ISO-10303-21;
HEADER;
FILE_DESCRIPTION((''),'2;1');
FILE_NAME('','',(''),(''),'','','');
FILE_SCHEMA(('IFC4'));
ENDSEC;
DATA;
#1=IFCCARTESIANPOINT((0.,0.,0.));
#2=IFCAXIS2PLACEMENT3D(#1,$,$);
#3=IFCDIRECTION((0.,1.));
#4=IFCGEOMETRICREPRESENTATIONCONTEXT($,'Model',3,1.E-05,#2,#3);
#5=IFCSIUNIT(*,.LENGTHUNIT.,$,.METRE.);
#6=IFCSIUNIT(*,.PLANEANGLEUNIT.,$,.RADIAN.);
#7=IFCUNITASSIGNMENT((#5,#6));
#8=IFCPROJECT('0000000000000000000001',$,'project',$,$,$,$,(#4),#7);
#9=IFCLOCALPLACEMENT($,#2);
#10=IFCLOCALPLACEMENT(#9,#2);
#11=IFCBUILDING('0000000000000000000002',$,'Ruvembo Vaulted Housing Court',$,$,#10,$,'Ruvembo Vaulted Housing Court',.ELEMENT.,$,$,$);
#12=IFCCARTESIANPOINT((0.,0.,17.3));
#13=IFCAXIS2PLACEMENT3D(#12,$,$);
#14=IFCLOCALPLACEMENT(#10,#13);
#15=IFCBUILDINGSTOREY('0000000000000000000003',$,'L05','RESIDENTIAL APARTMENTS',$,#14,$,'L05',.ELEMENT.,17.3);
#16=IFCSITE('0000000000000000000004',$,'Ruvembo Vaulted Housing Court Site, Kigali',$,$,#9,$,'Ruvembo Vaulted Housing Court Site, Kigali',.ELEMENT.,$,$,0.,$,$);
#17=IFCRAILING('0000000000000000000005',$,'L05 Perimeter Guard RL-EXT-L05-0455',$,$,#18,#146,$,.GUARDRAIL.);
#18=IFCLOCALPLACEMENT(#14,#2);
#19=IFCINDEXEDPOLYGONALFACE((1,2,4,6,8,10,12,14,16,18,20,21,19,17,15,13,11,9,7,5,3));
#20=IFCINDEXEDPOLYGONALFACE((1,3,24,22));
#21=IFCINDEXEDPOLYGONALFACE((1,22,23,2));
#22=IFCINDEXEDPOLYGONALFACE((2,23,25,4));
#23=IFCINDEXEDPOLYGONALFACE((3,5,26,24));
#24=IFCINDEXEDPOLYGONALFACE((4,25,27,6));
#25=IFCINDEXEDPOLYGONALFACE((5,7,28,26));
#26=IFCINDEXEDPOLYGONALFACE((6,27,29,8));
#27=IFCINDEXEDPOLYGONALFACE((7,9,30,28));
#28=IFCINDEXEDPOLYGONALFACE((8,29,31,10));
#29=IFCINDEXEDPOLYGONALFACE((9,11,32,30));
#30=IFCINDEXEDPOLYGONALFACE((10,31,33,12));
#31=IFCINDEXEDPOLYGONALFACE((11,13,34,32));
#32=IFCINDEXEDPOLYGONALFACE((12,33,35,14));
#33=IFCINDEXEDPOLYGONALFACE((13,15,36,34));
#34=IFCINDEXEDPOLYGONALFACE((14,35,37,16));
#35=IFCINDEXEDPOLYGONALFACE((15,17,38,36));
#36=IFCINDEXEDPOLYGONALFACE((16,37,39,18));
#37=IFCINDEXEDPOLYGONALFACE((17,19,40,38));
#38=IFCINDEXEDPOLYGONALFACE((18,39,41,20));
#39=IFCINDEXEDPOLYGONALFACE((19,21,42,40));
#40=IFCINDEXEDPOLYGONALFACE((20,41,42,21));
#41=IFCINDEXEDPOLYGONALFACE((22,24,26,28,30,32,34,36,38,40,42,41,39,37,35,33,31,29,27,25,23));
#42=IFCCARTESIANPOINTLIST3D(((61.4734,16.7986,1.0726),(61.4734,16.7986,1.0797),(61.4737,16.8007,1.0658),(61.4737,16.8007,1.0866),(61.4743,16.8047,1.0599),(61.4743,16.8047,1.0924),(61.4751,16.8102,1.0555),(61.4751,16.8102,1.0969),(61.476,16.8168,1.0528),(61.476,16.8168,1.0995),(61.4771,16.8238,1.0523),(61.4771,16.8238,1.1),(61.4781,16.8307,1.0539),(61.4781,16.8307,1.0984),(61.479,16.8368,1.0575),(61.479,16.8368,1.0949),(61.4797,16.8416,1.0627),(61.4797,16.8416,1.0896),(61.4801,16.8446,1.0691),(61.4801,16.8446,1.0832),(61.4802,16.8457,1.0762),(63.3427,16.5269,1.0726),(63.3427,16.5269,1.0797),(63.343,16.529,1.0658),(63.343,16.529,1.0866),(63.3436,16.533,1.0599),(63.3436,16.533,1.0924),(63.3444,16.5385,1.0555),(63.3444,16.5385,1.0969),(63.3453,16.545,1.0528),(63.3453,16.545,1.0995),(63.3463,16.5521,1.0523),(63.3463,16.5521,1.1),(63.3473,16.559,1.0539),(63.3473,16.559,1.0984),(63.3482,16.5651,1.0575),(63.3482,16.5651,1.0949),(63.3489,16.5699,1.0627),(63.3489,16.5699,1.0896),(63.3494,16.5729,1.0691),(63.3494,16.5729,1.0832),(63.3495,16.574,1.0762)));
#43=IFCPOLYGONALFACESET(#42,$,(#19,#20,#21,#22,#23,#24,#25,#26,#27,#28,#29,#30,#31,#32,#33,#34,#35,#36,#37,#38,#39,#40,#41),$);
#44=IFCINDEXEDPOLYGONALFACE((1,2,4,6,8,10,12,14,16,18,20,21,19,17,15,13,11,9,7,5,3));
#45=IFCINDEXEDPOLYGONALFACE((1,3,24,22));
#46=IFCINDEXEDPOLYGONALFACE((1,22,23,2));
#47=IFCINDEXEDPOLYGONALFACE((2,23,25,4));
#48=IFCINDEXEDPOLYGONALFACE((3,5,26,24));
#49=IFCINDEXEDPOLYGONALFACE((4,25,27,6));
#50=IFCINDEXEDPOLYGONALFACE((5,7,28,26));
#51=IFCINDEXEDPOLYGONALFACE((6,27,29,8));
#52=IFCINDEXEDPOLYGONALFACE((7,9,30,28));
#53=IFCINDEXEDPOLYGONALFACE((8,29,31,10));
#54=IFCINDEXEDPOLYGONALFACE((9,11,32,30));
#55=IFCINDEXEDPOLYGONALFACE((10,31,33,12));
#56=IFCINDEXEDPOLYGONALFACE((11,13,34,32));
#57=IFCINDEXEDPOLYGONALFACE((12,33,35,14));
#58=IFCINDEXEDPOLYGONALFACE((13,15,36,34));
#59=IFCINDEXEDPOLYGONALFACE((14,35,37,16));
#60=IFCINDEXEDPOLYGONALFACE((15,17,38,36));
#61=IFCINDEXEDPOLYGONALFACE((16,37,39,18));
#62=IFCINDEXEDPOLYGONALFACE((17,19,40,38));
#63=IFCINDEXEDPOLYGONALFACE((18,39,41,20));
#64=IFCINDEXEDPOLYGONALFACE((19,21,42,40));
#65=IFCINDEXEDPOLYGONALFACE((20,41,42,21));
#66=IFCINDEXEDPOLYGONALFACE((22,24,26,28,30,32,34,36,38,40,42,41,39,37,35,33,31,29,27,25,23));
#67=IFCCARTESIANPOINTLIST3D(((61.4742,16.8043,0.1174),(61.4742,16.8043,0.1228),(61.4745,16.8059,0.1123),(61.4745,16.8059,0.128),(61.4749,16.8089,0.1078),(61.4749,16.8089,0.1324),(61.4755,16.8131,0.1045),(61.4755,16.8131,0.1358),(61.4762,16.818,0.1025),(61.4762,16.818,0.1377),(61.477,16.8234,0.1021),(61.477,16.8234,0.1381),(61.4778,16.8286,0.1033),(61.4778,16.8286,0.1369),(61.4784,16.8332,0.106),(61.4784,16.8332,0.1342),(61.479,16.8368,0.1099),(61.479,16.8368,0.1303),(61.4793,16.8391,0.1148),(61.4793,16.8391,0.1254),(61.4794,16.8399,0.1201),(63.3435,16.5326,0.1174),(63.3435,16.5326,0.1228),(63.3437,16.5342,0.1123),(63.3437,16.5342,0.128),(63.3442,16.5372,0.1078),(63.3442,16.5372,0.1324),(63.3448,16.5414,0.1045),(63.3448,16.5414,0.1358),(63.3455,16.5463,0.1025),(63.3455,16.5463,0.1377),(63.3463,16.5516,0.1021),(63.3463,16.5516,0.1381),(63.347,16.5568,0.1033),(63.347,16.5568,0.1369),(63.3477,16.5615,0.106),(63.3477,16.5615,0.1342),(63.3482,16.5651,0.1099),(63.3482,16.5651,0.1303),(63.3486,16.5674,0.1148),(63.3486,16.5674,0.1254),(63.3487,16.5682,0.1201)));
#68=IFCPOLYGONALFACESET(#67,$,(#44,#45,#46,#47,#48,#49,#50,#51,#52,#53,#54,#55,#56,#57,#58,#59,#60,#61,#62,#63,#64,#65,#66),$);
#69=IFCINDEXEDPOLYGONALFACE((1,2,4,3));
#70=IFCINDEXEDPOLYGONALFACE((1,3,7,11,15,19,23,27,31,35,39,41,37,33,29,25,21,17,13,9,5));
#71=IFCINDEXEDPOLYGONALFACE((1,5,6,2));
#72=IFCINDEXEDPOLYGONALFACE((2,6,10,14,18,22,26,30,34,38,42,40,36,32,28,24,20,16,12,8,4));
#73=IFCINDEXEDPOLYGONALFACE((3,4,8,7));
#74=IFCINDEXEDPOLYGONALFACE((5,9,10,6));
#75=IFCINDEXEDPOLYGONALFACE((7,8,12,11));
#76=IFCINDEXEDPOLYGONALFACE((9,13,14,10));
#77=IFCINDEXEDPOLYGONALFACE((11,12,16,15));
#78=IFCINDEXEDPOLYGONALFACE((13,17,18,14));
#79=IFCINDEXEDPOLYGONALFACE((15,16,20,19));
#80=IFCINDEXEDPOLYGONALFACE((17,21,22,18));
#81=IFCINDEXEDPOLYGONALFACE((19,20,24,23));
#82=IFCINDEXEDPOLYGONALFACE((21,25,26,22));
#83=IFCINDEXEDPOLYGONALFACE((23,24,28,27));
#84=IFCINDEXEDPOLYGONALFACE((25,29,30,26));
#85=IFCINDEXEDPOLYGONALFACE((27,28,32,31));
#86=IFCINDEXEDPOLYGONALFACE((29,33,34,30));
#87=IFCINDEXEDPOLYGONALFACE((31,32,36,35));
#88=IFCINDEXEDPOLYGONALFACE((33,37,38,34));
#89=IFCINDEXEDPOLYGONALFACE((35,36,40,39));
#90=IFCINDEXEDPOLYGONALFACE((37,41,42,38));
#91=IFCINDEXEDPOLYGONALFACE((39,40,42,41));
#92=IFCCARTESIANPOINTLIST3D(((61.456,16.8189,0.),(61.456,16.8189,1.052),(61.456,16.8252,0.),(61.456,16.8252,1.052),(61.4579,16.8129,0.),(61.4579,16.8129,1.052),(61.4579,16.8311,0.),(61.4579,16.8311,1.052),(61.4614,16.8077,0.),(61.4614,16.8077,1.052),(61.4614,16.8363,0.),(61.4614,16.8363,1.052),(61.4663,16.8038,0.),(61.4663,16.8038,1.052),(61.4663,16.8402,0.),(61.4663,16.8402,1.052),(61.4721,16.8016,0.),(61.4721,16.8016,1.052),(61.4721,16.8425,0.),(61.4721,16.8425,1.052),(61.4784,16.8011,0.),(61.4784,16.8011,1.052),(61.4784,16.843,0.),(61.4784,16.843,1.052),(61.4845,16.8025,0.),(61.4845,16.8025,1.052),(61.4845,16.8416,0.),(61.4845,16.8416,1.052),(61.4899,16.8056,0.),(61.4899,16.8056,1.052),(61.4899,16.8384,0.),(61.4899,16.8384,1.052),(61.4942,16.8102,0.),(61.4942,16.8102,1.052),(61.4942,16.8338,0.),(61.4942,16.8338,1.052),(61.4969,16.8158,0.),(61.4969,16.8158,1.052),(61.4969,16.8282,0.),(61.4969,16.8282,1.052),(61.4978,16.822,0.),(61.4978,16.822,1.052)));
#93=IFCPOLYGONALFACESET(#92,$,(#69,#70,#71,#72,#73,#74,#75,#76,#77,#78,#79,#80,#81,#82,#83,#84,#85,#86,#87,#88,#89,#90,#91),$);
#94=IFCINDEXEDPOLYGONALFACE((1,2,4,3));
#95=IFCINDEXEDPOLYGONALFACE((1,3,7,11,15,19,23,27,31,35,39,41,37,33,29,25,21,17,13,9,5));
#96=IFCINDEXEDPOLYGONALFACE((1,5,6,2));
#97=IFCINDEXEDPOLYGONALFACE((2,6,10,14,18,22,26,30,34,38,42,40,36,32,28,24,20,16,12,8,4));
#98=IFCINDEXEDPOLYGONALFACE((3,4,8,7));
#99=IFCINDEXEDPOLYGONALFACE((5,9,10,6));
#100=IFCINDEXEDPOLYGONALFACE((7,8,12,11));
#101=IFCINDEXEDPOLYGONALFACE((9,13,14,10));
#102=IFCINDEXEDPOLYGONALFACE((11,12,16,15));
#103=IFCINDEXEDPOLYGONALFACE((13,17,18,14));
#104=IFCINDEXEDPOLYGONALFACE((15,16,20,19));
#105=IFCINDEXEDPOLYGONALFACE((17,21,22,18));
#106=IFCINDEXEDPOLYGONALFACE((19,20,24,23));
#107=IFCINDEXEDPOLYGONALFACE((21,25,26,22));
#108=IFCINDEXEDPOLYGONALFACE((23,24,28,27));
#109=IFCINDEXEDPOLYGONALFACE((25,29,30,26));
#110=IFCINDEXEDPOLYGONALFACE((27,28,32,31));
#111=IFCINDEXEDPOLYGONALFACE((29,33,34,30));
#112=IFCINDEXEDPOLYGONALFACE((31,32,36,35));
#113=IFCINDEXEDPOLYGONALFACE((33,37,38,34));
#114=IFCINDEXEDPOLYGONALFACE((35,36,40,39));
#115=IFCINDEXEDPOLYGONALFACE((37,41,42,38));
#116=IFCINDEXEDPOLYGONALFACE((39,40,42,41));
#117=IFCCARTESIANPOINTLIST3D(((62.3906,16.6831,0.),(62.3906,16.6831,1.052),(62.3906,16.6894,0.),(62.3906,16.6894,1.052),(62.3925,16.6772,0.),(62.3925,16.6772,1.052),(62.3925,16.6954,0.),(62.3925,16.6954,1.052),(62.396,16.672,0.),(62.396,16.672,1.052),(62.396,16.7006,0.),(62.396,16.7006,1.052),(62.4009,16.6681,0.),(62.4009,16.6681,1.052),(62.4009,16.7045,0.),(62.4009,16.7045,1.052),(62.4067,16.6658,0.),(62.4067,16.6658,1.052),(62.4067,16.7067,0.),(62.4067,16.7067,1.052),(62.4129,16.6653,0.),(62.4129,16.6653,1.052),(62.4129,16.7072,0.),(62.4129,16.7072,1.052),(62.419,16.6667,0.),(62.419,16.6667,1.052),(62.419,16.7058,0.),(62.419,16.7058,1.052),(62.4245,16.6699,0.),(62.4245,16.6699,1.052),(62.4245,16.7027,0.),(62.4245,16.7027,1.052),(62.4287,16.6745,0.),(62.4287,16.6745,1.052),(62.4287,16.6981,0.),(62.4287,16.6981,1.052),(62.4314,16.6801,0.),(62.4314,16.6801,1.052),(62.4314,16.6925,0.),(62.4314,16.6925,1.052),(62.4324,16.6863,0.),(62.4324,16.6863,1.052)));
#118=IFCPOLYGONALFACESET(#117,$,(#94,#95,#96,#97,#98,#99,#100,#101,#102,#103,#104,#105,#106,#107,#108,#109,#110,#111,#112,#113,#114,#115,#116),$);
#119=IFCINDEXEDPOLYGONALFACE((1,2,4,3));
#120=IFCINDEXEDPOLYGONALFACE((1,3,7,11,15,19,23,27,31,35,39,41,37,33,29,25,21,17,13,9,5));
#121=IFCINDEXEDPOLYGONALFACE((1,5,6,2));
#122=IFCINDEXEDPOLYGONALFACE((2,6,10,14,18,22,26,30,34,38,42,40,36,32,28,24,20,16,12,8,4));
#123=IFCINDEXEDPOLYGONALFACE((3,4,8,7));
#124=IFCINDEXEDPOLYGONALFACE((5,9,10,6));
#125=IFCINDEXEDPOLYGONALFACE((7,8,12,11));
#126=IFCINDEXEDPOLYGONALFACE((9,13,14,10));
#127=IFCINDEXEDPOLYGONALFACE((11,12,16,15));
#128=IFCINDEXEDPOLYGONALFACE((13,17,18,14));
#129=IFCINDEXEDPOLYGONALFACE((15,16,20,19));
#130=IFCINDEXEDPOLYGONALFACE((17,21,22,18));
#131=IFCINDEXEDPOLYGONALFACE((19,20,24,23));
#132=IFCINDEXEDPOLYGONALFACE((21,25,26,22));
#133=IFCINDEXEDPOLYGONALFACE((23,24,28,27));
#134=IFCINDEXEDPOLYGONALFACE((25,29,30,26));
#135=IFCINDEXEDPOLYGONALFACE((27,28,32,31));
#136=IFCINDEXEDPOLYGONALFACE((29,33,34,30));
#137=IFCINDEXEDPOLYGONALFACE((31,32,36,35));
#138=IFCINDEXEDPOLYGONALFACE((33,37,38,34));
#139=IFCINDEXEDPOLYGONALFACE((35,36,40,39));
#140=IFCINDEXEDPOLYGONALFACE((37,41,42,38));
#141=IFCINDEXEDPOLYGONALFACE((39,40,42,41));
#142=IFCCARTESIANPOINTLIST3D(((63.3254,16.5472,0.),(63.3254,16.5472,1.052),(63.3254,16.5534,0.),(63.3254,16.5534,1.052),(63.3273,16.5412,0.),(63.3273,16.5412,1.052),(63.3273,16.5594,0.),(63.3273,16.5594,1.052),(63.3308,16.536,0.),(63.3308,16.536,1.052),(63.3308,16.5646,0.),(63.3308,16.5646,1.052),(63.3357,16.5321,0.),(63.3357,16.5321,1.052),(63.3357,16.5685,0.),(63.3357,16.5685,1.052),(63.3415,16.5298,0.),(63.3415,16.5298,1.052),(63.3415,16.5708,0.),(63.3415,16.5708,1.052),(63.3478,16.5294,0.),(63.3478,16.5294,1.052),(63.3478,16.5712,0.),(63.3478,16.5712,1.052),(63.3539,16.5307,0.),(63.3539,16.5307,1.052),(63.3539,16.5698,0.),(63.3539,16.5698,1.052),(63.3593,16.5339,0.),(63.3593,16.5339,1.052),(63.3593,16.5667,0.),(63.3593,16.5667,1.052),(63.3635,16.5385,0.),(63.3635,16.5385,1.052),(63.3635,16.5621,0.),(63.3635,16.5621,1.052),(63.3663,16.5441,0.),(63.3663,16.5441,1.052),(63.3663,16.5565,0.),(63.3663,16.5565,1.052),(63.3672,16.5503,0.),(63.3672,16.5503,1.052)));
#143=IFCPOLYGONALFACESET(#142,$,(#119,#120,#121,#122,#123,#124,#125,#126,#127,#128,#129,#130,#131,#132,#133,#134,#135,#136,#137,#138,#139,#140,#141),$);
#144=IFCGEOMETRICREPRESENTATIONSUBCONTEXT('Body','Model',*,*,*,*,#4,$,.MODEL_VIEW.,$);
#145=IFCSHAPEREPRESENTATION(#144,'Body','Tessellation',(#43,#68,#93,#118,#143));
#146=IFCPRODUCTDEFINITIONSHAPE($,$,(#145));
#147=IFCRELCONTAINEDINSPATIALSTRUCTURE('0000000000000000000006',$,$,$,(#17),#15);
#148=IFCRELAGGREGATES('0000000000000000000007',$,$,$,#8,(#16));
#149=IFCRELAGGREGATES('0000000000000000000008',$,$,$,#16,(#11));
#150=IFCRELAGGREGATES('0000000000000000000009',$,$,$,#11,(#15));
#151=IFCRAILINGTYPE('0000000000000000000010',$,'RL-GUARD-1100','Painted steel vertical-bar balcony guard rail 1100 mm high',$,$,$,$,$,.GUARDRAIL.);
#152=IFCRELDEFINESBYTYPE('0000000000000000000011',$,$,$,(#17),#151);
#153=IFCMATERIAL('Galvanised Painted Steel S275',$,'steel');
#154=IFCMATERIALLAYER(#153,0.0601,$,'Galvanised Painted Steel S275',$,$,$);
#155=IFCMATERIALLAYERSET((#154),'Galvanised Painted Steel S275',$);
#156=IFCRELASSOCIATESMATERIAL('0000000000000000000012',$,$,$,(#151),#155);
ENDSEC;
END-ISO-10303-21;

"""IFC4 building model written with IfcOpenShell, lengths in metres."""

from ifc_helpers import new_model, si_unit, direction, frame, origin, origin_2d, place, context, subcontext, project, spatial, circle, extrude, material, layer, layer_set, type_object, element, save


model = new_model("IFC4")

# Units and contexts
model_context = context("Model", 3, precision=1e-05, world=origin(), true_north=direction((0.0, 1.0)))
body_context = subcontext(model_context, "Body", "Model", "MODEL_VIEW")
ifc_project = project(units=[si_unit("LENGTHUNIT", "METRE"), si_unit("PLANEANGLEUNIT", "RADIAN")], contexts=[model_context])

# Site, building, storey
site_placement = place(None, origin())
site = spatial("IfcSite", under=ifc_project, at=site_placement, Name="Ruvembo Vaulted Housing Court Site, Kigali", LongName="Ruvembo Vaulted Housing Court Site, Kigali", CompositionType="ELEMENT", RefElevation=0.0)
building_placement = place(site_placement, origin())
building = spatial("IfcBuilding", under=site, at=building_placement, Name="Ruvembo Vaulted Housing Court", LongName="Ruvembo Vaulted Housing Court", CompositionType="ELEMENT")
storey_placement = place(building_placement, frame((0.0, 0.0, 17.3)))
storey = spatial("IfcBuildingStorey", under=building, at=storey_placement, Name="L05", Description="RESIDENTIAL APARTMENTS", LongName="L05", CompositionType="ELEMENT", Elevation=17.3)

# Railing
ifc_material_1 = material(Name="Galvanised Painted Steel S275", Category="steel")
ifc_layer = layer(ifc_material_1, 0.0601, Name="Galvanised Painted Steel S275")
ifc_layer_set = layer_set([ifc_layer], Name="Galvanised Painted Steel S275")
railing_type = type_object("IfcRailingType", Name="RL-GUARD-1100", Description="Painted steel vertical-bar balcony guard rail 1100 mm high", PredefinedType="GUARDRAIL", material=ifc_layer_set)
railing_1_placement = place(storey_placement, frame((61.4768, 16.822, 0.0)))
element("IfcRailing", 1, at=railing_1_placement, inside=storey, type_object=railing_type, Name="L05 Perimeter Guard RL-EXT-L05-0455", PredefinedType="GUARDRAIL", context=body_context, shape_type="SweptSolid", body=[
    extrude(circle(Radius=0.0239, at=origin_2d()), frame((0.0, 0.0, 1.0762), z_axis=(0.9896, -0.143845, 0.0), x_axis=(0.143845, 0.9896, 0.0)), (0.0, 0.0, 1.0), 1.8889),
    extrude(circle(Radius=0.0181, at=origin_2d()), frame((0.0, 0.0, 0.1201), z_axis=(0.9896, -0.143845, 0.0), x_axis=(0.143845, 0.9896, 0.0)), (0.0, 0.0, 1.0), 1.8889),
    extrude(circle(Radius=0.021, at=origin_2d()), origin(), (0.0, 0.0, 1.0), 1.052),
    extrude(circle(Radius=0.021, at=origin_2d()), frame((0.9346, -0.1357, 0.0)), (0.0, 0.0, 1.0), 1.052),
    extrude(circle(Radius=0.021, at=origin_2d()), frame((1.8694, -0.2717, 0.0)), (0.0, 0.0, 1.0), 1.052),
])

save(model, "model.ifc")
